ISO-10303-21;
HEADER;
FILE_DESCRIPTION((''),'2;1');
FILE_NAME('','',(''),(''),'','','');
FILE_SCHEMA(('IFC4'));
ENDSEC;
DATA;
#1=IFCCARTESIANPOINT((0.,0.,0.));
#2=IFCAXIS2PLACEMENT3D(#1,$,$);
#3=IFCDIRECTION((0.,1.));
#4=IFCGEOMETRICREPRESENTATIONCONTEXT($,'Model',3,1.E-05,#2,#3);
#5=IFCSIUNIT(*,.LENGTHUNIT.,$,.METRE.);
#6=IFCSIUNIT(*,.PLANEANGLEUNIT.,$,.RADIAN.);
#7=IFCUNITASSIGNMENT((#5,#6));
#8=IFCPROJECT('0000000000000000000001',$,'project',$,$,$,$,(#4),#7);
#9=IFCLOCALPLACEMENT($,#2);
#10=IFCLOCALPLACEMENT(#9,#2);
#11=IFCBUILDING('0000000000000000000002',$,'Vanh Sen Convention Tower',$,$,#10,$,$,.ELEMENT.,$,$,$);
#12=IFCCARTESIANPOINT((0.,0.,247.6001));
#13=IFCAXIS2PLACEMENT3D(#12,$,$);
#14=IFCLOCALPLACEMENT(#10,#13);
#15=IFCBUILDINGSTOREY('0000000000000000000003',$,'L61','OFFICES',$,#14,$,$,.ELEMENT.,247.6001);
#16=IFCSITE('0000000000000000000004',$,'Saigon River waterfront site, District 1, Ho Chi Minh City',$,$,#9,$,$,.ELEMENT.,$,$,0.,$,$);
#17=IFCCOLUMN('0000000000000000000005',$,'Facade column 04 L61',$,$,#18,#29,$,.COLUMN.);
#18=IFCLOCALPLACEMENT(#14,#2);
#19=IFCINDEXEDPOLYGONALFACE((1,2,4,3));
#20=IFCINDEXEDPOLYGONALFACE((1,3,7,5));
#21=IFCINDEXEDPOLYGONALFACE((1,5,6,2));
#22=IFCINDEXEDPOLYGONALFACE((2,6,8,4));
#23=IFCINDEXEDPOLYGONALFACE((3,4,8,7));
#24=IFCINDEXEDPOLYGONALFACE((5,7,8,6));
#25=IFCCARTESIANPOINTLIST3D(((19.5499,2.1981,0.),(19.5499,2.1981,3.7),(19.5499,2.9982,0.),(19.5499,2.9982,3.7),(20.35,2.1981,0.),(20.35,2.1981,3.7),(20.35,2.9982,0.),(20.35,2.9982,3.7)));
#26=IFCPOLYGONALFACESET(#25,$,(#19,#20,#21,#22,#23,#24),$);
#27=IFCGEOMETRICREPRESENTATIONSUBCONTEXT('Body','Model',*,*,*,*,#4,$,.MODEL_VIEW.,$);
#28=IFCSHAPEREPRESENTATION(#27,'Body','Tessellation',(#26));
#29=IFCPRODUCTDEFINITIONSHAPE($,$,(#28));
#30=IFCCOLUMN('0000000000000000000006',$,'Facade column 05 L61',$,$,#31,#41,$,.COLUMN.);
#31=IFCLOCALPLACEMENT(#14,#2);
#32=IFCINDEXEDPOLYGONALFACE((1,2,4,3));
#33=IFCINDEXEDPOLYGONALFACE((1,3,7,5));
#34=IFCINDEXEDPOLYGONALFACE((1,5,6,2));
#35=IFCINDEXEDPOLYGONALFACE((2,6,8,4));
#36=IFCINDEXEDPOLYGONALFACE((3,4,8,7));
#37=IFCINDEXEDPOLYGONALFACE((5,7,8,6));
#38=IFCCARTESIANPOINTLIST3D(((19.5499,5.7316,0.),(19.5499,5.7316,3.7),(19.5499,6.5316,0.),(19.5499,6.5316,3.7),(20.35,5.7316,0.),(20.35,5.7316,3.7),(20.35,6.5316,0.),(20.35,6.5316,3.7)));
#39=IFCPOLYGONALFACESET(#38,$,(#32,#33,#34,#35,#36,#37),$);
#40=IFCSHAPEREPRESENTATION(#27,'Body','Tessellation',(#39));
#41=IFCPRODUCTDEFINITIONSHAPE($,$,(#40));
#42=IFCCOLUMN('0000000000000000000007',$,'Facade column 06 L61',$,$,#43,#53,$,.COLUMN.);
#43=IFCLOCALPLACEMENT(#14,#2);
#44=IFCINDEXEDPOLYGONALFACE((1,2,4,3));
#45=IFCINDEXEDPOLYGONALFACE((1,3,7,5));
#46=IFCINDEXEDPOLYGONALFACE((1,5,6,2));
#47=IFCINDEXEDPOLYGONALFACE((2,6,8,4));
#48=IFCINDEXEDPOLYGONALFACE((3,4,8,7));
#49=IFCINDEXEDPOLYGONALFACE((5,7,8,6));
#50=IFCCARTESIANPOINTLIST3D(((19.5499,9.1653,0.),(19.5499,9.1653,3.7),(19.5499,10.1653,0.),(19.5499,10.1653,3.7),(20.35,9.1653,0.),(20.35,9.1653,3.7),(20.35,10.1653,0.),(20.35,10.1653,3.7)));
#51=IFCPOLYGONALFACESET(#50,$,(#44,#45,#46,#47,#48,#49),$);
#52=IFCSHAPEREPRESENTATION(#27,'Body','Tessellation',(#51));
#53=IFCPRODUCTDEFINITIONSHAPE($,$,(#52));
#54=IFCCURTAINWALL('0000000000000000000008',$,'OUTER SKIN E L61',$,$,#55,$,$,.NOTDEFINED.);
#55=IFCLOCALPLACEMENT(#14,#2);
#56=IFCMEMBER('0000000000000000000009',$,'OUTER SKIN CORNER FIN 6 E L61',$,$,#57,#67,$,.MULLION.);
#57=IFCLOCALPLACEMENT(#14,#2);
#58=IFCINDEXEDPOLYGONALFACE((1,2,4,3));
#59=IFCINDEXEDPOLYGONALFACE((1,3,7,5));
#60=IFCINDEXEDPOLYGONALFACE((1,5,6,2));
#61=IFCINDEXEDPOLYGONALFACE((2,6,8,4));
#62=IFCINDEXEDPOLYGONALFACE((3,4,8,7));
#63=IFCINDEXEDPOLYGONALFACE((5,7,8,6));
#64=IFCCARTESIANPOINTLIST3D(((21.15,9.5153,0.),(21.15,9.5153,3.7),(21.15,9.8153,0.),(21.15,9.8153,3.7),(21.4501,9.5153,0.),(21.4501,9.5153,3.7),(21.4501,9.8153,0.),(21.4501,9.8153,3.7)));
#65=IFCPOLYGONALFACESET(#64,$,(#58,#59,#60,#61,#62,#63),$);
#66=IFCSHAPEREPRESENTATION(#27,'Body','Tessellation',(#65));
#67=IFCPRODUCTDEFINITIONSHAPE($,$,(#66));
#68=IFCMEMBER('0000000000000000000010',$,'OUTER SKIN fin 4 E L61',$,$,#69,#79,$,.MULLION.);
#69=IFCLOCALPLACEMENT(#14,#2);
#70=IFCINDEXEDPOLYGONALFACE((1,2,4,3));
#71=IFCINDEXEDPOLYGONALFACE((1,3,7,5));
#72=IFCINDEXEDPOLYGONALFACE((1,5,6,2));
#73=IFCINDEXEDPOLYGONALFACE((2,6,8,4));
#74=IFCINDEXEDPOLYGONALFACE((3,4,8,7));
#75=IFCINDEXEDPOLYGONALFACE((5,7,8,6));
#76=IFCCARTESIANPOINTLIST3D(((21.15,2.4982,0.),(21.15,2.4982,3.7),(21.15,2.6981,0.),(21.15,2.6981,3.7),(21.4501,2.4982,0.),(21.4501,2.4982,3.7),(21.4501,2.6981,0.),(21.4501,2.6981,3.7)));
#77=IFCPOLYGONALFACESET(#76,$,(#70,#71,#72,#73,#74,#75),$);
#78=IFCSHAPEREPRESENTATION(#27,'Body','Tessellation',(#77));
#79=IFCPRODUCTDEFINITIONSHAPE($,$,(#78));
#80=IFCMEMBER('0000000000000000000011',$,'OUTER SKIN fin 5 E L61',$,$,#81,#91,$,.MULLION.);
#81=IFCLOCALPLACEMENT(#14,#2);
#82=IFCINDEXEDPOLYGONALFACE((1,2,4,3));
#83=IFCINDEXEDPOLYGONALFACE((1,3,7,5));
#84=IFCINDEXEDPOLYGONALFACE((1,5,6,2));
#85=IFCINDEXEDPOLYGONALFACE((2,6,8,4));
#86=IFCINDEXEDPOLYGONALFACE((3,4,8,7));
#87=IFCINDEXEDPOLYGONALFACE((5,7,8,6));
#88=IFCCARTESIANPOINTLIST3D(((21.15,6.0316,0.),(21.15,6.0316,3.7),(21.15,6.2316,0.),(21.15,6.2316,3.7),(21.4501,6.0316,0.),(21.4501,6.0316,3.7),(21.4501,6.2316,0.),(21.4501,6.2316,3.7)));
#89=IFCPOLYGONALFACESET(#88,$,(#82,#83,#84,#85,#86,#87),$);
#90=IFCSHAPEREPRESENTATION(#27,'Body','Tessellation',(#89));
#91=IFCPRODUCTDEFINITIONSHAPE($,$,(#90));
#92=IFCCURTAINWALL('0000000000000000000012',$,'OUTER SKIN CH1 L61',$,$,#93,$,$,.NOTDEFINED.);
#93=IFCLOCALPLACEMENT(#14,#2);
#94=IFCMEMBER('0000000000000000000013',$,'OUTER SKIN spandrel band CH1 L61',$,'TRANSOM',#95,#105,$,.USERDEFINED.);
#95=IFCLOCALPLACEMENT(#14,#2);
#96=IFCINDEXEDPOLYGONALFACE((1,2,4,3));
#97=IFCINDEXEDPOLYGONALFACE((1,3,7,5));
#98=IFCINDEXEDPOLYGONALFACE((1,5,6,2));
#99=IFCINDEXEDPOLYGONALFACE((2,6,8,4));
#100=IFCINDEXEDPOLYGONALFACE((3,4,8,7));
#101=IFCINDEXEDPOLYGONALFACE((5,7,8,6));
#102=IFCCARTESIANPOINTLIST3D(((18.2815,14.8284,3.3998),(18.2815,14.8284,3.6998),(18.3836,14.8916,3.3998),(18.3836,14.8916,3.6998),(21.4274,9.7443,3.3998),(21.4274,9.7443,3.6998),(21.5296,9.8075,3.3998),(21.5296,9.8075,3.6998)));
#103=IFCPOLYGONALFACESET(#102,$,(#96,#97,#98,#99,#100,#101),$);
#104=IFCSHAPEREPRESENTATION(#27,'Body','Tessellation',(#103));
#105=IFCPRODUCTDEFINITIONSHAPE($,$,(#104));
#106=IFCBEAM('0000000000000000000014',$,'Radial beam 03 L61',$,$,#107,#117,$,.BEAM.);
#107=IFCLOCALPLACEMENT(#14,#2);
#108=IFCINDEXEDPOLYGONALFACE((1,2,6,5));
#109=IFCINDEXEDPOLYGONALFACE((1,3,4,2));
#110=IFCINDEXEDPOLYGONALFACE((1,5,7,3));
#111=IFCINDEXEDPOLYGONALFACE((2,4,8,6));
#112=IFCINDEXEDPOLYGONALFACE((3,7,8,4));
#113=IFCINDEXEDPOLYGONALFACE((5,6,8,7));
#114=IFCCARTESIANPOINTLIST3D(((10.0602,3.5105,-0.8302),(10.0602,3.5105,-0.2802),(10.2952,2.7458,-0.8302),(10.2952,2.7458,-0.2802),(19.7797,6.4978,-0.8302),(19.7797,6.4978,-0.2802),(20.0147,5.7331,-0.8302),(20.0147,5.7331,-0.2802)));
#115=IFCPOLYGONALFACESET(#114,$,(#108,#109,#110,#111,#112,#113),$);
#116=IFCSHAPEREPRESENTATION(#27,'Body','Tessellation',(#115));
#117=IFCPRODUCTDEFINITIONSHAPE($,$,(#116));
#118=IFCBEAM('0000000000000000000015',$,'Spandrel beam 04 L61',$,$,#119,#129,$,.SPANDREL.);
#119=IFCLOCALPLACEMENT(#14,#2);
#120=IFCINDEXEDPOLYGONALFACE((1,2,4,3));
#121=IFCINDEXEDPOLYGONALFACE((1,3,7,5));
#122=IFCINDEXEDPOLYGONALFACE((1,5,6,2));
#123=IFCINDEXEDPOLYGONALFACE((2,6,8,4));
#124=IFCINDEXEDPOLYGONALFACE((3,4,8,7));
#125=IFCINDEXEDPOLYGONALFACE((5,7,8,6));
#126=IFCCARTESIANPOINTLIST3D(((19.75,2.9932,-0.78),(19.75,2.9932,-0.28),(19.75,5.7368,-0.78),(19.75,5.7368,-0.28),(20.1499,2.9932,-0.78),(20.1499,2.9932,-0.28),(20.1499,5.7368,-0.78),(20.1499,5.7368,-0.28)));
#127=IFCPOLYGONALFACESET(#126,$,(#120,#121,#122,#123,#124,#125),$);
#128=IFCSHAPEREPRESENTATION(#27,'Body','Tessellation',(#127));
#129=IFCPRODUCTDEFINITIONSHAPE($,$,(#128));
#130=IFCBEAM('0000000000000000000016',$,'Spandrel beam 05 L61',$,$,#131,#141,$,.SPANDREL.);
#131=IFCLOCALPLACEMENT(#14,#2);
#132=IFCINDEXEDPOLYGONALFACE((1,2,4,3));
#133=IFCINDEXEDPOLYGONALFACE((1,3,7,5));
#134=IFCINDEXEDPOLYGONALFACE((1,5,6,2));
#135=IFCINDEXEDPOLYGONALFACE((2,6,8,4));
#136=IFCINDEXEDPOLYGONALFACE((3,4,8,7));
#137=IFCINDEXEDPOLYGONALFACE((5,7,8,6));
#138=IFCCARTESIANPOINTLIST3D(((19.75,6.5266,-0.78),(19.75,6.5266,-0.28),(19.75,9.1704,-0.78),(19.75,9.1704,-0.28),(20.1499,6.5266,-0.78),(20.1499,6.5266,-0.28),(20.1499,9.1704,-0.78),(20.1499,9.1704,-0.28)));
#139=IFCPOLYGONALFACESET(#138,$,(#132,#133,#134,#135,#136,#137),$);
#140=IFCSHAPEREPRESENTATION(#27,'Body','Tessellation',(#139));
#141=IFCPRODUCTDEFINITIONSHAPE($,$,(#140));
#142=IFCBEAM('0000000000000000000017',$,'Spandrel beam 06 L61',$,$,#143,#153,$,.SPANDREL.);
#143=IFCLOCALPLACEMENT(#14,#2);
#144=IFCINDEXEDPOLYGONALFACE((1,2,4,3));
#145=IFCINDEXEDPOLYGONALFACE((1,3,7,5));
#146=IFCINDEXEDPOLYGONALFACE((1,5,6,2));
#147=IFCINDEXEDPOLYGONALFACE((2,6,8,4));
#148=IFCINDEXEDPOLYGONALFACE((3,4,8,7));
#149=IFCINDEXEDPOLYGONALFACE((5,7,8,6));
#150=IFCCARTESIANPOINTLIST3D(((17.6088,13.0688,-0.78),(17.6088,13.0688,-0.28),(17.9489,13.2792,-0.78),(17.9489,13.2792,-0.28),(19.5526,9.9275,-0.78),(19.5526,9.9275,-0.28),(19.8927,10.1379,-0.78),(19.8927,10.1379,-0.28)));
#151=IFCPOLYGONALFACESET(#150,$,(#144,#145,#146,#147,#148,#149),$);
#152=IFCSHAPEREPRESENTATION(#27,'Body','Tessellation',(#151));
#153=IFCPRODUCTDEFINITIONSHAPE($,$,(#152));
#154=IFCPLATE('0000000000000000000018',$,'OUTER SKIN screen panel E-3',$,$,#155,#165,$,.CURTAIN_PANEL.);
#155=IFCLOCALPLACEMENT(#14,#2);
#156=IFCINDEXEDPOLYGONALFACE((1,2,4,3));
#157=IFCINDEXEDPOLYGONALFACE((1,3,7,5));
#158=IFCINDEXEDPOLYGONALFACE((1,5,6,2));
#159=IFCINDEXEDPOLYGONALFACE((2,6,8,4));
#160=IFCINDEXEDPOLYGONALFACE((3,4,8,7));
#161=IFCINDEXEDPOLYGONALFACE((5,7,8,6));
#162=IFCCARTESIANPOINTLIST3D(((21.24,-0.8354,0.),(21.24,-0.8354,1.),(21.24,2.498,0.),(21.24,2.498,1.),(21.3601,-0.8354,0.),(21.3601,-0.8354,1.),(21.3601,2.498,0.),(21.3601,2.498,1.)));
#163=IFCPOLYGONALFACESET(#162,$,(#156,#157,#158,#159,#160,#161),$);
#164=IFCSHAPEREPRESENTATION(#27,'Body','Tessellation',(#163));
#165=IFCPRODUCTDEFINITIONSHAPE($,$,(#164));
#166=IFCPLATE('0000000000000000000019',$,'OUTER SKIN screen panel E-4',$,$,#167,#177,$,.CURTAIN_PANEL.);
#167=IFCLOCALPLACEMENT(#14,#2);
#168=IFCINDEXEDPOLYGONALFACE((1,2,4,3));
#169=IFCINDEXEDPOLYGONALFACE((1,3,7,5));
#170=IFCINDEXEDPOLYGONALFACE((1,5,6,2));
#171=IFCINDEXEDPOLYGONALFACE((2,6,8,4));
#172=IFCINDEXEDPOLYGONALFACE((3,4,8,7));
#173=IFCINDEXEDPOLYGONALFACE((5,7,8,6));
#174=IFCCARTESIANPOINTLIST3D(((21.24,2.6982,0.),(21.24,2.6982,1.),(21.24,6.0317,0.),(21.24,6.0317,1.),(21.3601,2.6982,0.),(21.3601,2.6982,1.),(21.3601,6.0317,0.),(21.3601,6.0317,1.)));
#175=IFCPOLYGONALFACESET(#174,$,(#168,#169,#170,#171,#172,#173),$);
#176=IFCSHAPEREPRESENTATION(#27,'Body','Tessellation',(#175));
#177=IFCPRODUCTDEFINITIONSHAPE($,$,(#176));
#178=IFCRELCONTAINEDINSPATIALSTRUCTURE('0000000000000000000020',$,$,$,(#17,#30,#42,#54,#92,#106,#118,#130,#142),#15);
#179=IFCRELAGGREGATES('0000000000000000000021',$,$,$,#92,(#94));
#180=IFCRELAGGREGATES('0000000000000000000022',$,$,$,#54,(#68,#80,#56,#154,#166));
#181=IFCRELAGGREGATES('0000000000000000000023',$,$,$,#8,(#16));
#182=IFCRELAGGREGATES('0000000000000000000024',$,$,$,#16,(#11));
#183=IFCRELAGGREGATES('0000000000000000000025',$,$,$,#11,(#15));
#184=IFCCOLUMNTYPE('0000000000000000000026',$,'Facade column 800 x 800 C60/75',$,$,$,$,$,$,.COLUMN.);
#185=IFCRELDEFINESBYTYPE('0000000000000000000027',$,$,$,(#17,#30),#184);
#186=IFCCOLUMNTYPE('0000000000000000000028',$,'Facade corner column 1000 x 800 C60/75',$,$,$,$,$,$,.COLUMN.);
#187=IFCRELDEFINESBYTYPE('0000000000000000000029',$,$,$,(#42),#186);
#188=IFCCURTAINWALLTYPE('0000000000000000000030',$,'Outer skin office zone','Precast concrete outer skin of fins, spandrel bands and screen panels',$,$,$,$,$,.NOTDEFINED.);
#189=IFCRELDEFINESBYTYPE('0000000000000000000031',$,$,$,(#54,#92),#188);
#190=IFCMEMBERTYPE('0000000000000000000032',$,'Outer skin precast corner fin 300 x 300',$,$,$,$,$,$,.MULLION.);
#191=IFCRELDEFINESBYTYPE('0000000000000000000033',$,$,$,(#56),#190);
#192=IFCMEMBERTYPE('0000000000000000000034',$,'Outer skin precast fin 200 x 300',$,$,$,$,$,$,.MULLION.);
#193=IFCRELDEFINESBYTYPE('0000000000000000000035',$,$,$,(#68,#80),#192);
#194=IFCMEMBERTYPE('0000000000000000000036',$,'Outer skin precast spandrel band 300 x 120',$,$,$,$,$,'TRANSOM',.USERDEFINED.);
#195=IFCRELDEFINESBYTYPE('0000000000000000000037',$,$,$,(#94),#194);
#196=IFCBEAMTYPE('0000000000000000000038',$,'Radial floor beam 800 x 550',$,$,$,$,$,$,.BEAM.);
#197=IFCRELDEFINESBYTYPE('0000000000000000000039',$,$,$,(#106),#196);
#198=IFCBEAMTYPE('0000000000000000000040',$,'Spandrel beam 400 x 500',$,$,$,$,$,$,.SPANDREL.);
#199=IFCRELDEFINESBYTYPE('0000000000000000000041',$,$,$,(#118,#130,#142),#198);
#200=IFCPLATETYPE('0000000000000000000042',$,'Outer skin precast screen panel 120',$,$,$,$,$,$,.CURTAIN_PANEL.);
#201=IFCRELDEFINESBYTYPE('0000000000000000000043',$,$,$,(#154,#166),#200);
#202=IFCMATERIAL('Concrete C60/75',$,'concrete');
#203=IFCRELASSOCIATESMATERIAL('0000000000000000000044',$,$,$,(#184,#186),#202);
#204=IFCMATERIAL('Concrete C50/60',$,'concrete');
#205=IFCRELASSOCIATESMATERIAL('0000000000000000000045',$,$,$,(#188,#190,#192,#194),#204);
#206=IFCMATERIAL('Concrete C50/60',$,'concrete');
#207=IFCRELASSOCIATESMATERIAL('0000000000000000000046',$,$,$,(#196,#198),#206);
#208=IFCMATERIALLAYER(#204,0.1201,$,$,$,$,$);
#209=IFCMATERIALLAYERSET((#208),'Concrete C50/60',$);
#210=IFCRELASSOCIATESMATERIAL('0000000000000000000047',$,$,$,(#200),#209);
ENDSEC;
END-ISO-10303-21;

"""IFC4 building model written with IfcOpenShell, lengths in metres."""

from ifc_helpers import new_model, si_unit, direction, frame, origin, origin_2d, place, context, subcontext, project, spatial, rectangle, extrude, material, layer, layer_set, material_profile, profile_set, type_object, element, aggregate, save


model = new_model("IFC4")

# Units and contexts
model_context = context("Model", 3, precision=1e-05, world=origin(), true_north=direction((0.0, 1.0)))
body_context = subcontext(model_context, "Body", "Model", "MODEL_VIEW")
ifc_project = project(units=[si_unit("LENGTHUNIT", "METRE"), si_unit("PLANEANGLEUNIT", "RADIAN")], contexts=[model_context])

# Site, building, storey
site_placement = place(None, origin())
site = spatial("IfcSite", under=ifc_project, at=site_placement, Name="Saigon River waterfront site, District 1, Ho Chi Minh City", CompositionType="ELEMENT", RefElevation=0.0)
building_placement = place(site_placement, origin())
building = spatial("IfcBuilding", under=site, at=building_placement, Name="Vanh Sen Convention Tower", CompositionType="ELEMENT")
storey_placement = place(building_placement, frame((0.0, 0.0, 247.6001)))
storey = spatial("IfcBuildingStorey", under=building, at=storey_placement, Name="L61", Description="OFFICES", CompositionType="ELEMENT", Elevation=247.6001)

# Columns
ifc_material_1 = material(Name="Concrete C60/75", Category="concrete")
ifc_material_profile_1 = material_profile(ifc_material_1, rectangle(XDim=0.8, YDim=0.8, at=origin_2d()), Name="RC 800X800")
ifc_profile_set_1 = profile_set([ifc_material_profile_1], Name="Concrete C60/75")
column_type_1 = type_object("IfcColumnType", Name="Facade column 800 x 800 C60/75", PredefinedType="COLUMN", material=ifc_profile_set_1)
for number, where, z_axis, x_axis, name in (
    (1, (19.95, 2.5981, 0.0), (0.0, 0.0, 1.0), (0.0, 1.0, 0.0), "Facade column 04 L61"),
    (2, (19.95, 6.1316, 0.0), (0.0, 0.0, 1.0), (0.0, 1.0, 0.0), "Facade column 05 L61"),
):
    element("IfcColumn", number, at=place(storey_placement, frame(where, z_axis=z_axis, x_axis=x_axis)), inside=storey, type_object=column_type_1, Name=name, PredefinedType="COLUMN", context=body_context, shape_type="SweptSolid", body=[
        extrude(rectangle(XDim=0.8, YDim=0.8, at=origin_2d()), origin(), (0.0, 0.0, 1.0), 3.7),
    ])
ifc_material_profile_2 = material_profile(ifc_material_1, rectangle(XDim=1.0, YDim=0.8, at=origin_2d()), Name="RC 1000X800")
ifc_profile_set_2 = profile_set([ifc_material_profile_2], Name="Concrete C60/75")
column_type_2 = type_object("IfcColumnType", Name="Facade corner column 1000 x 800 C60/75", PredefinedType="COLUMN", material=ifc_profile_set_2)
column_placement = place(storey_placement, frame((19.95, 9.6653, 0.0), z_axis=(0.0, 0.0, 1.0), x_axis=(0.0, 1.0, 0.0)))
element("IfcColumn", 3, at=column_placement, inside=storey, type_object=column_type_2, Name="Facade column 06 L61", PredefinedType="COLUMN", context=body_context, shape_type="SweptSolid", body=[
    extrude(rectangle(XDim=1.0, YDim=0.8, at=origin_2d()), origin(), (0.0, 0.0, 1.0), 3.7),
])

# Curtain wall, members
ifc_material_2 = material(Name="Concrete C50/60", Category="concrete")
curtain_wall_type = type_object("IfcCurtainWallType", Name="Outer skin office zone", Description="Precast concrete outer skin of fins, spandrel bands and screen panels", PredefinedType="NOTDEFINED", material=ifc_material_2)
curtain_wall_1_placement = place(storey_placement, origin())
curtain_wall_1 = element("IfcCurtainWall", 4, at=curtain_wall_1_placement, inside=storey, type_object=curtain_wall_type, Name="OUTER SKIN E L61", PredefinedType="NOTDEFINED")
ifc_material_profile_3 = material_profile(ifc_material_2, rectangle(XDim=0.3, YDim=0.3, at=origin_2d()), Name="Outer skin precast corner fin 300 x 300")
ifc_profile_set_3 = profile_set([ifc_material_profile_3], Name="Concrete C50/60")
member_type_1 = type_object("IfcMemberType", Name="Outer skin precast corner fin 300 x 300", PredefinedType="MULLION", material=ifc_profile_set_3)
member_1_placement = place(storey_placement, frame((21.3, 9.6653, 0.0), z_axis=(0.0, 0.0, 1.0), x_axis=(0.0, 1.0, 0.0)))
member_1 = element("IfcMember", 5, at=member_1_placement, type_object=member_type_1, Name="OUTER SKIN CORNER FIN 6 E L61", PredefinedType="MULLION", context=body_context, shape_type="SweptSolid", body=[
    extrude(rectangle(XDim=0.3, YDim=0.3, at=origin_2d()), origin(), (0.0, 0.0, 1.0), 3.7),
])
ifc_material_profile_4 = material_profile(ifc_material_2, rectangle(XDim=0.2, YDim=0.3, at=origin_2d()), Name="Outer skin precast fin 200 x 300")
ifc_profile_set_4 = profile_set([ifc_material_profile_4], Name="Concrete C50/60")
member_type_2 = type_object("IfcMemberType", Name="Outer skin precast fin 200 x 300", PredefinedType="MULLION", material=ifc_profile_set_4)
member_2_placement = place(storey_placement, frame((21.3, 2.5981, 0.0), z_axis=(0.0, 0.0, 1.0), x_axis=(0.0, 1.0, 0.0)))
member_2 = element("IfcMember", 6, at=member_2_placement, type_object=member_type_2, Name="OUTER SKIN fin 4 E L61", PredefinedType="MULLION", context=body_context, shape_type="SweptSolid", body=[
    extrude(rectangle(XDim=0.2, YDim=0.3, at=origin_2d()), origin(), (0.0, 0.0, 1.0), 3.7),
])
member_3_placement = place(storey_placement, frame((21.3, 6.1316, 0.0), z_axis=(0.0, 0.0, 1.0), x_axis=(0.0, 1.0, 0.0)))
member_3 = element("IfcMember", 7, at=member_3_placement, type_object=member_type_2, Name="OUTER SKIN fin 5 E L61", PredefinedType="MULLION", context=body_context, shape_type="SweptSolid", body=[
    extrude(rectangle(XDim=0.2, YDim=0.3, at=origin_2d()), origin(), (0.0, 0.0, 1.0), 3.7),
])

# Curtain wall, member
curtain_wall_2_placement = place(storey_placement, origin())
curtain_wall_2 = element("IfcCurtainWall", 8, at=curtain_wall_2_placement, inside=storey, type_object=curtain_wall_type, Name="OUTER SKIN CH1 L61", PredefinedType="NOTDEFINED")
ifc_material_profile_5 = material_profile(ifc_material_2, rectangle(XDim=0.1201, YDim=0.3, at=origin_2d()), Name="Outer skin precast spandrel band 300 x 120")
ifc_profile_set_5 = profile_set([ifc_material_profile_5], Name="Concrete C50/60")
member_type_3 = type_object("IfcMemberType", Name="Outer skin precast spandrel band 300 x 120", ElementType="TRANSOM", PredefinedType="USERDEFINED", material=ifc_profile_set_5)
member_4_placement = place(storey_placement, frame((21.4785, 9.7759, 3.5498), z_axis=(-0.526187, 0.850369, 0.0), x_axis=(-0.850369, -0.526187, 0.0)))
member_4 = element("IfcMember", 9, at=member_4_placement, type_object=member_type_3, Name="OUTER SKIN spandrel band CH1 L61", ObjectType="TRANSOM", PredefinedType="USERDEFINED", context=body_context, shape_type="SweptSolid", body=[
    extrude(rectangle(XDim=0.1201, YDim=0.3, at=origin_2d()), origin(), (0.0, 0.0, 1.0), 5.9788),
])
aggregate(curtain_wall_2, [member_4])

# Beams
ifc_material_3 = material(Name="Concrete C50/60", Category="concrete")
ifc_material_profile_6 = material_profile(ifc_material_3, rectangle(XDim=0.8, YDim=0.55, at=origin_2d()), Name="RC 800X550")
ifc_profile_set_6 = profile_set([ifc_material_profile_6], Name="Concrete C50/60")
beam_type_1 = type_object("IfcBeamType", Name="Radial floor beam 800 x 550", PredefinedType="BEAM", material=ifc_profile_set_6)
beam_1_placement = place(storey_placement, frame((19.8972, 6.1155, -0.5552), z_axis=(-0.95587, -0.293789, 0.0), x_axis=(0.293789, -0.95587, 0.0)))
element("IfcBeam", 10, at=beam_1_placement, inside=storey, type_object=beam_type_1, Name="Radial beam 03 L61", PredefinedType="BEAM", context=body_context, shape_type="SweptSolid", body=[
    extrude(rectangle(XDim=0.8, YDim=0.55, at=origin_2d()), origin(), (0.0, 0.0, 1.0), 10.1682),
])
ifc_material_profile_7 = material_profile(ifc_material_3, rectangle(XDim=0.3999, YDim=0.5, at=origin_2d()), Name="RC 400X500")
ifc_profile_set_7 = profile_set([ifc_material_profile_7], Name="Concrete C50/60")
beam_type_2 = type_object("IfcBeamType", Name="Spandrel beam 400 x 500", PredefinedType="SPANDREL", material=ifc_profile_set_7)
beam_2_placement = place(storey_placement, frame((19.95, 2.9932, -0.53), z_axis=(0.0, 1.0, 0.0), x_axis=(-1.0, 0.0, 0.0)))
element("IfcBeam", 11, at=beam_2_placement, inside=storey, type_object=beam_type_2, Name="Spandrel beam 04 L61", PredefinedType="SPANDREL", context=body_context, shape_type="SweptSolid", body=[
    extrude(rectangle(XDim=0.3999, YDim=0.5, at=origin_2d()), origin(), (0.0, 0.0, 1.0), 2.7437),
])
beam_3_placement = place(storey_placement, frame((19.95, 6.5266, -0.53), z_axis=(0.0, 1.0, 0.0), x_axis=(-1.0, 0.0, 0.0)))
element("IfcBeam", 12, at=beam_3_placement, inside=storey, type_object=beam_type_2, Name="Spandrel beam 05 L61", PredefinedType="SPANDREL", context=body_context, shape_type="SweptSolid", body=[
    extrude(rectangle(XDim=0.3999, YDim=0.5, at=origin_2d()), origin(), (0.0, 0.0, 1.0), 2.6438),
])
beam_4_placement = place(storey_placement, frame((19.7227, 10.0327, -0.53), z_axis=(-0.526198, 0.850362, 0.0), x_axis=(-0.850362, -0.526198, 0.0)))
element("IfcBeam", 13, at=beam_4_placement, inside=storey, type_object=beam_type_2, Name="Spandrel beam 06 L61", PredefinedType="SPANDREL", context=body_context, shape_type="SweptSolid", body=[
    extrude(rectangle(XDim=0.3999, YDim=0.5, at=origin_2d()), origin(), (0.0, 0.0, 1.0), 3.6941),
])

# Plates
ifc_layer_1 = layer(ifc_material_2, 0.1201)
ifc_layer_set_1 = layer_set([ifc_layer_1], Name="Concrete C50/60")
plate_type = type_object("IfcPlateType", Name="Outer skin precast screen panel 120", PredefinedType="CURTAIN_PANEL", material=ifc_layer_set_1)
plate_1_placement = place(storey_placement, frame((21.3, 0.8313, 0.0), z_axis=(0.0, 0.0, 1.0), x_axis=(0.0, 1.0, 0.0)))
plate_1 = element("IfcPlate", 14, at=plate_1_placement, type_object=plate_type, Name="OUTER SKIN screen panel E-3", PredefinedType="CURTAIN_PANEL", context=body_context, shape_type="SweptSolid", body=[
    extrude(rectangle(XDim=3.3335, YDim=0.1201, at=origin_2d()), origin(), (0.0, 0.0, 1.0), 1.0),
])
plate_2_placement = place(storey_placement, frame((21.3, 4.365, 0.0), z_axis=(0.0, 0.0, 1.0), x_axis=(0.0, 1.0, 0.0)))
plate_2 = element("IfcPlate", 15, at=plate_2_placement, type_object=plate_type, Name="OUTER SKIN screen panel E-4", PredefinedType="CURTAIN_PANEL", context=body_context, shape_type="SweptSolid", body=[
    extrude(rectangle(XDim=3.3335, YDim=0.1201, at=origin_2d()), origin(), (0.0, 0.0, 1.0), 1.0),
])
aggregate(curtain_wall_1, [member_2, member_3, member_1, plate_1, plate_2])

save(model, "model.ifc")
